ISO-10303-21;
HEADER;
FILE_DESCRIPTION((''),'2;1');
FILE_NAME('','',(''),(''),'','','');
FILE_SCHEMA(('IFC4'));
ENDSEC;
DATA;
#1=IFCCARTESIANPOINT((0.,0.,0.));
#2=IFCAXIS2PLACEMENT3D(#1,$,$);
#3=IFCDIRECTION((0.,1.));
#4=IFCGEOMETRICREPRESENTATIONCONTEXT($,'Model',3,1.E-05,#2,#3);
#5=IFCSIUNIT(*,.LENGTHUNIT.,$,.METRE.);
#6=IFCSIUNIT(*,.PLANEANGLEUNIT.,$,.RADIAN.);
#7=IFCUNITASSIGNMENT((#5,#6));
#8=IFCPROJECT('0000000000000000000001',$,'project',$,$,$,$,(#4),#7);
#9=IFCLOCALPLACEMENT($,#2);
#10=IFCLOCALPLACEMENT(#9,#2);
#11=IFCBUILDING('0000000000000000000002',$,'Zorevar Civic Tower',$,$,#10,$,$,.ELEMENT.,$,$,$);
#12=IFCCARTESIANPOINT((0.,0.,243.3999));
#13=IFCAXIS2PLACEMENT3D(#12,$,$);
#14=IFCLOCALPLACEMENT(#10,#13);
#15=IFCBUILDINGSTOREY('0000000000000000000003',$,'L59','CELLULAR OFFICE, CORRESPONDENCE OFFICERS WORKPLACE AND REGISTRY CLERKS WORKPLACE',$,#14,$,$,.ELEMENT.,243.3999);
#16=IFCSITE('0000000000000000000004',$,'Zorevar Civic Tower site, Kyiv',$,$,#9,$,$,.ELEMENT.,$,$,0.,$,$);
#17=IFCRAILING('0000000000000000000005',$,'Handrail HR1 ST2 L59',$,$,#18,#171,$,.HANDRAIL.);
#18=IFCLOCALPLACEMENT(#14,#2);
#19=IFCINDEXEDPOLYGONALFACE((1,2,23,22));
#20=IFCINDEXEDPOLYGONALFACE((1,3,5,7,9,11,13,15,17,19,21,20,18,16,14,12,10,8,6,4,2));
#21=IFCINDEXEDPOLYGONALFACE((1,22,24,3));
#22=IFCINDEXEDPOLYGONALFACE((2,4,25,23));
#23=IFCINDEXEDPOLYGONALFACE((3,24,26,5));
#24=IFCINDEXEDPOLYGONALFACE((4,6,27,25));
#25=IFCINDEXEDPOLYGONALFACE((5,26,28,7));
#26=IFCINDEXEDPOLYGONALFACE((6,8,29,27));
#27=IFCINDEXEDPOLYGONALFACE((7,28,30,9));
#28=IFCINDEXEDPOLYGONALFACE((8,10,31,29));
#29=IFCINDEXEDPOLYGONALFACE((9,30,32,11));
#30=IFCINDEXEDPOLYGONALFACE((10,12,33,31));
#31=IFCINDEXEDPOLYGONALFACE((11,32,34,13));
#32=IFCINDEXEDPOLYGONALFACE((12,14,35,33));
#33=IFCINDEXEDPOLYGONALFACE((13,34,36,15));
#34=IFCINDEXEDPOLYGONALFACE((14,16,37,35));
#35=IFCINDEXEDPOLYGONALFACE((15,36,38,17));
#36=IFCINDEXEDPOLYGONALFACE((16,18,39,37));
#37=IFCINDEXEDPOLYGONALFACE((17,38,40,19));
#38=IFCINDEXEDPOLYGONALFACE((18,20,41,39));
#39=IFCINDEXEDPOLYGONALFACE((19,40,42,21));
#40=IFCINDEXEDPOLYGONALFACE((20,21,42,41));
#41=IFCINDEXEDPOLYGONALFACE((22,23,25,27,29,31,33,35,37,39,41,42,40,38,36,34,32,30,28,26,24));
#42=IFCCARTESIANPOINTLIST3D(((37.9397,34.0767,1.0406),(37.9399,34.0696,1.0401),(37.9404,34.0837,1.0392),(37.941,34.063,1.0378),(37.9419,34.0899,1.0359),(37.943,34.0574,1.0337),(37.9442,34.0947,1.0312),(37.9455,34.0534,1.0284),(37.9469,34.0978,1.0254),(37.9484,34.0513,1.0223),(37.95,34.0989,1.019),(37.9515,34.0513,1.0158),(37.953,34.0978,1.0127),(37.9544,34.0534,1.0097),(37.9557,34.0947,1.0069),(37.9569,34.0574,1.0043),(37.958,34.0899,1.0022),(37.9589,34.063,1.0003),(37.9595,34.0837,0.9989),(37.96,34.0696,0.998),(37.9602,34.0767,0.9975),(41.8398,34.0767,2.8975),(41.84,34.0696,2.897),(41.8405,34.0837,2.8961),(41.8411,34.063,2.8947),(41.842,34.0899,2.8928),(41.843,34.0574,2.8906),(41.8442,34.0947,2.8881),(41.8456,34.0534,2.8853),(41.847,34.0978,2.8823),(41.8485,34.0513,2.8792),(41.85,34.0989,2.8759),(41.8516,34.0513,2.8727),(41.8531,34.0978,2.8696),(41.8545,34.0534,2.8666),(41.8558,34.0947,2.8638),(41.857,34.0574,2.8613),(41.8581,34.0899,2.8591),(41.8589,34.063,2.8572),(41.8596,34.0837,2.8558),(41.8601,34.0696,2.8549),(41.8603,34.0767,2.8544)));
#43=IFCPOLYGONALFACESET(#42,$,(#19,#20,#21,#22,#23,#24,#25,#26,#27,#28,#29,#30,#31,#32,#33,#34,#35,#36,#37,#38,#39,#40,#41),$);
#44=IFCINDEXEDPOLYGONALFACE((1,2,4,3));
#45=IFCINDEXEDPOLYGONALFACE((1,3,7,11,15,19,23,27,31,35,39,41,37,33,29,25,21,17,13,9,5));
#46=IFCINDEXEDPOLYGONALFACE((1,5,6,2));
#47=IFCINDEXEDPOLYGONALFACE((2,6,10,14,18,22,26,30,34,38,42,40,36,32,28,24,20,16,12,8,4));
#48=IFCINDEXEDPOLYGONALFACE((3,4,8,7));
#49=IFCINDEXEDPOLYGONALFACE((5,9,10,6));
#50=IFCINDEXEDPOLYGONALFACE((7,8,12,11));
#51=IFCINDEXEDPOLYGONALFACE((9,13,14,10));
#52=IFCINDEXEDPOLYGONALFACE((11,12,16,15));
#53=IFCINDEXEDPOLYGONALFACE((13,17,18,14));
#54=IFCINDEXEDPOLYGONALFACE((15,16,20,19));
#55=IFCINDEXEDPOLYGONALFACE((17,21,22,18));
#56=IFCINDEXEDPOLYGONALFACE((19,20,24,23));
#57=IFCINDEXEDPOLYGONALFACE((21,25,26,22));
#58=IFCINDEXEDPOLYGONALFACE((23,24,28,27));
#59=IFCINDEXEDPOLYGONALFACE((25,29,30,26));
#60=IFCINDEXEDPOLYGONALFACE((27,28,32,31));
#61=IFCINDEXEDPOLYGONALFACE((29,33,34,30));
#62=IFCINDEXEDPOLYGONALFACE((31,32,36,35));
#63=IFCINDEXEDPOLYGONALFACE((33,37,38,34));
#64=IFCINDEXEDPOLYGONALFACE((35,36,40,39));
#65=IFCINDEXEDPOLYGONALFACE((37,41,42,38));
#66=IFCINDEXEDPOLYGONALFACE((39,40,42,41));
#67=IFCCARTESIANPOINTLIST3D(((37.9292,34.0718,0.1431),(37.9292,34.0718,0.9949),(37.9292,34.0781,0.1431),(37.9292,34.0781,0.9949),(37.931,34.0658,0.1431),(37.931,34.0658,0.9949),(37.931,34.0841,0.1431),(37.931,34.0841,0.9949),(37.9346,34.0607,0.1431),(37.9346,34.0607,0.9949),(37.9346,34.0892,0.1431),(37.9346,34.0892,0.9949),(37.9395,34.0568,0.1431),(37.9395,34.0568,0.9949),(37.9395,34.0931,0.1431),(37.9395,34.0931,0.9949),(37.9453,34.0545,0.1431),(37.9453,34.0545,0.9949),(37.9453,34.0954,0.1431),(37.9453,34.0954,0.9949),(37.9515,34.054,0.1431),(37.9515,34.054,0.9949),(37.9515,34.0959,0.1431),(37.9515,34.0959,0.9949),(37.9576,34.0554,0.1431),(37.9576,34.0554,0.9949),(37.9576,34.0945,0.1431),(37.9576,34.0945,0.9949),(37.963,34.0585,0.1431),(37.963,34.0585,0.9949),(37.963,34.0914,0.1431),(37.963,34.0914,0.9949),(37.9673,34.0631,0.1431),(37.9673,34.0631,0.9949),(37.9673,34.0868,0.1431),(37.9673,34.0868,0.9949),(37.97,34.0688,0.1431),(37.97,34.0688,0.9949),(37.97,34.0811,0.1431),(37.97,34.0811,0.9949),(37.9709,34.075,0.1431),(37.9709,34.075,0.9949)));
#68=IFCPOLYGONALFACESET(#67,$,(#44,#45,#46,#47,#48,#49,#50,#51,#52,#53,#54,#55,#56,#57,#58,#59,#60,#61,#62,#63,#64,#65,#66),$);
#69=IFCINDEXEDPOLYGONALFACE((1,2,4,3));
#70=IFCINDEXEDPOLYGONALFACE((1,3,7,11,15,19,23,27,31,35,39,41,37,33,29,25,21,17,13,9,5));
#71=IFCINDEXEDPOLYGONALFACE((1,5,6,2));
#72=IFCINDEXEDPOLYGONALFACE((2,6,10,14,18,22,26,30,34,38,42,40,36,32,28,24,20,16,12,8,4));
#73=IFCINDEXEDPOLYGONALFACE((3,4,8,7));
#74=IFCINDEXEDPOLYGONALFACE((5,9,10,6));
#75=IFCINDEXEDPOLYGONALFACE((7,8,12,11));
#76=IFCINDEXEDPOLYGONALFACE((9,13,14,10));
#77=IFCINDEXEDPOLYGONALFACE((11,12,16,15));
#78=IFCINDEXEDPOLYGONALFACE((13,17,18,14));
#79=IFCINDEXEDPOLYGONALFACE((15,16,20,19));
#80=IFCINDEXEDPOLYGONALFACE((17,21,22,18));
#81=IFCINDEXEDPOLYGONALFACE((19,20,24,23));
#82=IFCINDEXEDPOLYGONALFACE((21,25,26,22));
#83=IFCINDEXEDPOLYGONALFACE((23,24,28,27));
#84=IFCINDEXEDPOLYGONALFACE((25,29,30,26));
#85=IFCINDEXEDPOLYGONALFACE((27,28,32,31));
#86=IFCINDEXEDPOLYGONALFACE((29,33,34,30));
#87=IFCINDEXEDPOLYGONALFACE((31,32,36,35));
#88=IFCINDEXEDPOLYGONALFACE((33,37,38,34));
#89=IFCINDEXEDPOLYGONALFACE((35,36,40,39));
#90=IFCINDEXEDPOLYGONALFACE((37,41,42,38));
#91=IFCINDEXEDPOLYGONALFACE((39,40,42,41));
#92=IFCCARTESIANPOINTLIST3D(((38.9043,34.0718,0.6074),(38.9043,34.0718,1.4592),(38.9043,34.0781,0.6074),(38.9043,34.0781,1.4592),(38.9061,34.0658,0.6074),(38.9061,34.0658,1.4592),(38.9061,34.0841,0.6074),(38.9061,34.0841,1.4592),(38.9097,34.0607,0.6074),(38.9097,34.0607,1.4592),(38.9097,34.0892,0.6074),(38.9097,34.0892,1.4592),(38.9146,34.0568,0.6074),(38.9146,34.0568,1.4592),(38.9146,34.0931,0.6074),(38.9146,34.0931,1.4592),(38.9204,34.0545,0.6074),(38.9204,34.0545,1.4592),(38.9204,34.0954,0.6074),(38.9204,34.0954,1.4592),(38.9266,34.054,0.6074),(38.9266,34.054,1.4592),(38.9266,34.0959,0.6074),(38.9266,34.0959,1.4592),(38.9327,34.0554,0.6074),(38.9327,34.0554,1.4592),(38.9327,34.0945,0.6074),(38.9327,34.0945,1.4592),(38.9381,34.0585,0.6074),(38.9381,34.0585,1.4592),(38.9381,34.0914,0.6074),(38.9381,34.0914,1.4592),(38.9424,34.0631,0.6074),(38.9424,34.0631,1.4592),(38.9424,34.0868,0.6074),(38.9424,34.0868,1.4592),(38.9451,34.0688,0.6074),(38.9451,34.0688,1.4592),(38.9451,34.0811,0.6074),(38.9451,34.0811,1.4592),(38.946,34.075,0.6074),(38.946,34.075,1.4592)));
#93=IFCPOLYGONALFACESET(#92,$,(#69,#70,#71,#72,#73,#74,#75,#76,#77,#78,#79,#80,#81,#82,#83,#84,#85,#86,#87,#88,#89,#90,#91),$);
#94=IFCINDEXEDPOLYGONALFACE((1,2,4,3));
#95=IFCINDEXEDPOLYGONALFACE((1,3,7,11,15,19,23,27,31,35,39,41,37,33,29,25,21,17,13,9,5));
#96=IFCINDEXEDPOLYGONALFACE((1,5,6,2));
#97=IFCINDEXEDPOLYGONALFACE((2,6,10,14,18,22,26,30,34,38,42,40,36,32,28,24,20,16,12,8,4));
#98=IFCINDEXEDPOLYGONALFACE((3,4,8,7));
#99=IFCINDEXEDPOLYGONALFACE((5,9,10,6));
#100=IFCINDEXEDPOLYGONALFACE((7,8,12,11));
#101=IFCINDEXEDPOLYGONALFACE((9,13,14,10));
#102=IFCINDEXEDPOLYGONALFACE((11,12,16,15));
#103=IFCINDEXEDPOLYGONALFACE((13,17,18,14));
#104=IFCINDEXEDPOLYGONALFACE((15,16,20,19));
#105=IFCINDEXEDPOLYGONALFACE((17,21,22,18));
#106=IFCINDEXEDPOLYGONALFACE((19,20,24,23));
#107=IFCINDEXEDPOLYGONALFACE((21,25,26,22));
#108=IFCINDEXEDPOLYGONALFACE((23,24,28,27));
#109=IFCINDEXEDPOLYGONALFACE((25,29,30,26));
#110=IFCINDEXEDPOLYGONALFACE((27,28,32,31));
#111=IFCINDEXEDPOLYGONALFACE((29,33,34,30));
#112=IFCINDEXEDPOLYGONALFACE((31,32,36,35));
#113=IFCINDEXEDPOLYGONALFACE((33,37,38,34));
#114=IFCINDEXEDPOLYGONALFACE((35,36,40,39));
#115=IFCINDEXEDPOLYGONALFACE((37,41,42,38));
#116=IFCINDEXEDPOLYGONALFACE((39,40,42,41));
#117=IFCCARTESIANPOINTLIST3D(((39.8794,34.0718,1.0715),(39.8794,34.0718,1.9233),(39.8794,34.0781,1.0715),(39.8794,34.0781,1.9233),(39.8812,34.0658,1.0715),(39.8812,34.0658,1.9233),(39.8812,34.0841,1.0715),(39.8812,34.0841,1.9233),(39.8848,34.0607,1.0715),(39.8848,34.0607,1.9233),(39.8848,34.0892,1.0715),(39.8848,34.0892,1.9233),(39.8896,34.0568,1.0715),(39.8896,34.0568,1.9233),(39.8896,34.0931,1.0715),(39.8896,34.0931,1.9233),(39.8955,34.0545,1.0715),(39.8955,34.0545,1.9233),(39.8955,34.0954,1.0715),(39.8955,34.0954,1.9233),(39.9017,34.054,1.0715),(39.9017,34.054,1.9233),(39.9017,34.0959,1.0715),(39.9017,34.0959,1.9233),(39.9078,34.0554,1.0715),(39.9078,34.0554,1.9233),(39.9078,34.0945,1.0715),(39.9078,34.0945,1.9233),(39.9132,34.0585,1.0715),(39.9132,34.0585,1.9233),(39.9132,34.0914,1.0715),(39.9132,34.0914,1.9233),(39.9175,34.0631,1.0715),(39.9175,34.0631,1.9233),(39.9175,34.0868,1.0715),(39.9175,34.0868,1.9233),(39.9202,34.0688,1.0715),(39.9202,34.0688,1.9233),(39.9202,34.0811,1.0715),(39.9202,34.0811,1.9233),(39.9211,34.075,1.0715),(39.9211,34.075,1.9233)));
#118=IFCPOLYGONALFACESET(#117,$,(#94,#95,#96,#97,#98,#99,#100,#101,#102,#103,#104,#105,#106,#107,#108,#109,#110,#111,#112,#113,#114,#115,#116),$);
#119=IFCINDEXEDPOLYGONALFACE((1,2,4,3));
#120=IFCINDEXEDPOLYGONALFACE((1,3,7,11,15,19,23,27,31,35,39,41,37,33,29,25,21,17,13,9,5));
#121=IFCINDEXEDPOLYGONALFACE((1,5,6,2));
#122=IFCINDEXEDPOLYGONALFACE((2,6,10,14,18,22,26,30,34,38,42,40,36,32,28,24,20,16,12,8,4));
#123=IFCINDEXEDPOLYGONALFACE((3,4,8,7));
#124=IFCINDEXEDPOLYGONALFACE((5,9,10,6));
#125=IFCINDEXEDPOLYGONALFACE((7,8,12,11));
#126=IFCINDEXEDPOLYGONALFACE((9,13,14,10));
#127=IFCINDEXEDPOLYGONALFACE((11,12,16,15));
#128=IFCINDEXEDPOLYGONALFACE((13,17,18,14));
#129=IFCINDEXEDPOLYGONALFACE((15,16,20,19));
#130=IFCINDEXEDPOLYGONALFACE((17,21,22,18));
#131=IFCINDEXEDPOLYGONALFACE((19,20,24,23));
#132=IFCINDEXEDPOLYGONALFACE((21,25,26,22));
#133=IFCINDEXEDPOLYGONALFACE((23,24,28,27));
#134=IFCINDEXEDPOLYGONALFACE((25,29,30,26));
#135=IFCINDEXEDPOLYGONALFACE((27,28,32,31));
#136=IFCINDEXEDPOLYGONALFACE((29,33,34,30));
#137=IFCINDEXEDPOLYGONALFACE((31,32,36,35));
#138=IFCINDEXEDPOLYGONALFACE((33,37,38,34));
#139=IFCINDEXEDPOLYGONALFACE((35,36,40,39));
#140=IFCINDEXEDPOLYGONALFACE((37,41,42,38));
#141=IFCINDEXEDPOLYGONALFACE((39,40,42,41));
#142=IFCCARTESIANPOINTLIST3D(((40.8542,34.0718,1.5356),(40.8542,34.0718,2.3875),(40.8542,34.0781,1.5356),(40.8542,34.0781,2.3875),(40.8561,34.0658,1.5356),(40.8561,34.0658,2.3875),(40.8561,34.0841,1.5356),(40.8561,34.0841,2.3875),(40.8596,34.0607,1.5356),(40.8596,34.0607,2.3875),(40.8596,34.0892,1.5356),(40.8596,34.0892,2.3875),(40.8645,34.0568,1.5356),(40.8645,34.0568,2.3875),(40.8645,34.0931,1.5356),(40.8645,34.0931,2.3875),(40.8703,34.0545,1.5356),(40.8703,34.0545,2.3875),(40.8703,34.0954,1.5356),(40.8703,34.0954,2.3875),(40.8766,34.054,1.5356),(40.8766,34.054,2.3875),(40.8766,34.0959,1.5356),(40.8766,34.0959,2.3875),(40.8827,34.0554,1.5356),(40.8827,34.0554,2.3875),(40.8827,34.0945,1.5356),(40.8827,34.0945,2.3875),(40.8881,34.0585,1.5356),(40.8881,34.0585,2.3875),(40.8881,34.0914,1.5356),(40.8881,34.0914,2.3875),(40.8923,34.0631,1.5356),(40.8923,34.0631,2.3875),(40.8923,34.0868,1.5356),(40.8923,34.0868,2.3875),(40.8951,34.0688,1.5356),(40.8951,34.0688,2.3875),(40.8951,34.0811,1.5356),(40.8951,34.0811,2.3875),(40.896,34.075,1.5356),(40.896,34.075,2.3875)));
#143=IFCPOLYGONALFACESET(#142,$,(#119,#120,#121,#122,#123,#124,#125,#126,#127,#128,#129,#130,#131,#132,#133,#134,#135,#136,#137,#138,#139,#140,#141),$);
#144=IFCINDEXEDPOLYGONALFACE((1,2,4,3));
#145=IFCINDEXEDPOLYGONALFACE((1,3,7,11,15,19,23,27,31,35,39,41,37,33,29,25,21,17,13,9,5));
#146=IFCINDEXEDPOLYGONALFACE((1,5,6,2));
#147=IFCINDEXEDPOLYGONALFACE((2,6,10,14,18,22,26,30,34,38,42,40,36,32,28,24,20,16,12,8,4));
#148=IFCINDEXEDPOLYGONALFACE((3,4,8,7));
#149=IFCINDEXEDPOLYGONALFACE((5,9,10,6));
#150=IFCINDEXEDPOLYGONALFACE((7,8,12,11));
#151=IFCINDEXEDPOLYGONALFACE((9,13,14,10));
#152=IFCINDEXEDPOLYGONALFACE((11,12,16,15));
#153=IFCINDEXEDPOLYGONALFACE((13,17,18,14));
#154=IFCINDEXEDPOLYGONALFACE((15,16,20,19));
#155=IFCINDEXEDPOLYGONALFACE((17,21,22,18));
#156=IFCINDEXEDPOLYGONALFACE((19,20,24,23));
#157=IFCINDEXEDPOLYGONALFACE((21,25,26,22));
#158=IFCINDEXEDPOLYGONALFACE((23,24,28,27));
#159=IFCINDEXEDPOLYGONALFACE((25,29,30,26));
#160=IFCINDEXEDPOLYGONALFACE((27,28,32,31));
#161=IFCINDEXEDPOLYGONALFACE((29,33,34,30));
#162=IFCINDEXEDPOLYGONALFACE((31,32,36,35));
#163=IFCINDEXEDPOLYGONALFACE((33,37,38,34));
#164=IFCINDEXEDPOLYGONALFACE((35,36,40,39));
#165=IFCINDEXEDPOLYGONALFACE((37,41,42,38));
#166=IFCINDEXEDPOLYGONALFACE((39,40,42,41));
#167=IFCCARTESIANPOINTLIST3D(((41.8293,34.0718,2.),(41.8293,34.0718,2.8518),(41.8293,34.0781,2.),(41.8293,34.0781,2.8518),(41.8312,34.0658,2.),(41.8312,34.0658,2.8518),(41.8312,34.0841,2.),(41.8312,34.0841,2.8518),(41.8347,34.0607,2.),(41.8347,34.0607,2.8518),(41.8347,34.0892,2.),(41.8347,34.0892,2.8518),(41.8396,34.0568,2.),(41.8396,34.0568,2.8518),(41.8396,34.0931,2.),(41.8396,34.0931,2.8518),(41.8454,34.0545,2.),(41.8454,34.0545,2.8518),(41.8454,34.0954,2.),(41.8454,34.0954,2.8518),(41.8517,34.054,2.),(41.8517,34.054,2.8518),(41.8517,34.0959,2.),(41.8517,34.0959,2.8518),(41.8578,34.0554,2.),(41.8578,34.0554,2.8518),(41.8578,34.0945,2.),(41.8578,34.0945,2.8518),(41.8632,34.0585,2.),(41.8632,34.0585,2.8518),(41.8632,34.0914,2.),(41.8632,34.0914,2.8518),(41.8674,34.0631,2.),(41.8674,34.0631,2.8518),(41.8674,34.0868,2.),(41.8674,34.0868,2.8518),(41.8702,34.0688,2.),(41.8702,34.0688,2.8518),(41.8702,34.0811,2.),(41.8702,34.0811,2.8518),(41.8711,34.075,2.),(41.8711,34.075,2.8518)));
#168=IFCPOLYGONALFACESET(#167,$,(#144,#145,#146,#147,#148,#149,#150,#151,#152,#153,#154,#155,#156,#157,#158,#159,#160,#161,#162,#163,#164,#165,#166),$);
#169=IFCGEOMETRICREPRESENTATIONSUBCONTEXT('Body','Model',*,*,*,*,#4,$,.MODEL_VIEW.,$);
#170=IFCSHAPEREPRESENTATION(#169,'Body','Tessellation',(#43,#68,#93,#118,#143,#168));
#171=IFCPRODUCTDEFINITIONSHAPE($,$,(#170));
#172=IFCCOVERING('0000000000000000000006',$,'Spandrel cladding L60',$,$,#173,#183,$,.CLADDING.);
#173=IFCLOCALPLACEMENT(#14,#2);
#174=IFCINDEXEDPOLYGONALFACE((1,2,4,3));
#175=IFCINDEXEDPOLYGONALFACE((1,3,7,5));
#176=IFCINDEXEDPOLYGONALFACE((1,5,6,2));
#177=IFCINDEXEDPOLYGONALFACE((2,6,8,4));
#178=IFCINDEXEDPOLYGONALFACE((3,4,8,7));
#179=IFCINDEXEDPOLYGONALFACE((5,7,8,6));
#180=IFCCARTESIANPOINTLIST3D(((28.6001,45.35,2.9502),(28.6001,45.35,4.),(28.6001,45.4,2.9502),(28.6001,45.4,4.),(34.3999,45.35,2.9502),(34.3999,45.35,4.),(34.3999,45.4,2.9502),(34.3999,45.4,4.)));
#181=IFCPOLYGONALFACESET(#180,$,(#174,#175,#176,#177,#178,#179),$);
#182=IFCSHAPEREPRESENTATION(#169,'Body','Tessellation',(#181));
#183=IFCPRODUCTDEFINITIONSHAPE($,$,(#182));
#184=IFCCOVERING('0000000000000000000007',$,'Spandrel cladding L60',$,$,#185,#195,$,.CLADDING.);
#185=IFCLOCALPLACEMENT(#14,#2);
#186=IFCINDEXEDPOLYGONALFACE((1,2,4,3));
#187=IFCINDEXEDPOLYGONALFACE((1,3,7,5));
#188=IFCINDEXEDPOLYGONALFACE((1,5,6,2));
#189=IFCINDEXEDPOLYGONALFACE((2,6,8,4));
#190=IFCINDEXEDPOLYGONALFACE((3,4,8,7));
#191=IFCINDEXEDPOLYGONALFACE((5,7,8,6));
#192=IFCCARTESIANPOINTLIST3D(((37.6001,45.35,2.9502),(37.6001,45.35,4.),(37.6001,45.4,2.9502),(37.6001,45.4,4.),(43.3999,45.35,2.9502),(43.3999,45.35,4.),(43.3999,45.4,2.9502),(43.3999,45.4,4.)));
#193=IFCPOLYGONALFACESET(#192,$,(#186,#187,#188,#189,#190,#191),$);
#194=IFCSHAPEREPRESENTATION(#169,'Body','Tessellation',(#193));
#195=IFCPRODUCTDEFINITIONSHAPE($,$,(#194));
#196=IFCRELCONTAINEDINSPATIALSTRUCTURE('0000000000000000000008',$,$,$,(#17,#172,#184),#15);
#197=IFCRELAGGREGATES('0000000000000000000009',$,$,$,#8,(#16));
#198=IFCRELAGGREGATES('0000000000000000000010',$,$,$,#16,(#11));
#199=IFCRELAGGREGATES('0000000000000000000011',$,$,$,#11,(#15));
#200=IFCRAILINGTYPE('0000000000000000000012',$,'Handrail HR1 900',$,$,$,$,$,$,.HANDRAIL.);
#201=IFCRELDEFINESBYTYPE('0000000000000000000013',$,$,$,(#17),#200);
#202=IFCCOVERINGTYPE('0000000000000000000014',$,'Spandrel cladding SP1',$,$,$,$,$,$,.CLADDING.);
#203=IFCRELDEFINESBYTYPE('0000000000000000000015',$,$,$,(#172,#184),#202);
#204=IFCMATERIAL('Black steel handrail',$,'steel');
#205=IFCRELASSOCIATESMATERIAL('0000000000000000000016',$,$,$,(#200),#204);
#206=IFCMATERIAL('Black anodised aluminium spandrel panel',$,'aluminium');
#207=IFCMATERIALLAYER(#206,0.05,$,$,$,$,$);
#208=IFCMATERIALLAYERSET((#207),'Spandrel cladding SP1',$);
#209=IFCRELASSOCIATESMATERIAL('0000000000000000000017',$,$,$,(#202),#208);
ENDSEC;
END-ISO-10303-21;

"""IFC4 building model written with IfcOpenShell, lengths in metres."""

from ifc_helpers import new_model, si_unit, direction, frame, frame_2d, origin, origin_2d, place, context, subcontext, project, spatial, rectangle, circle, extrude, material, layer, layer_set, type_object, element, save


model = new_model("IFC4")

# Units and contexts
model_context = context("Model", 3, precision=1e-05, world=origin(), true_north=direction((0.0, 1.0)))
body_context = subcontext(model_context, "Body", "Model", "MODEL_VIEW")
ifc_project = project(units=[si_unit("LENGTHUNIT", "METRE"), si_unit("PLANEANGLEUNIT", "RADIAN")], contexts=[model_context])

# Site, building, storey
site_placement = place(None, origin())
site = spatial("IfcSite", under=ifc_project, at=site_placement, Name="Zorevar Civic Tower site, Kyiv", CompositionType="ELEMENT", RefElevation=0.0)
building_placement = place(site_placement, origin())
building = spatial("IfcBuilding", under=site, at=building_placement, Name="Zorevar Civic Tower", CompositionType="ELEMENT")
storey_placement = place(building_placement, frame((0.0, 0.0, 243.3999)))
storey = spatial("IfcBuildingStorey", under=building, at=storey_placement, Name="L59", Description="CELLULAR OFFICE, CORRESPONDENCE OFFICERS WORKPLACE AND REGISTRY CLERKS WORKPLACE", CompositionType="ELEMENT", Elevation=243.3999)

# Railing
ifc_material_1 = material(Name="Black steel handrail", Category="steel")
railing_type = type_object("IfcRailingType", Name="Handrail HR1 900", PredefinedType="HANDRAIL", material=ifc_material_1)
railing_placement = place(storey_placement, frame((37.95, 34.075, 0.1431)))
element("IfcRailing", 1, at=railing_placement, inside=storey, type_object=railing_type, Name="Handrail HR1 ST2 L59", PredefinedType="HANDRAIL", context=body_context, shape_type="SweptSolid", body=[
    extrude(circle(Radius=0.0239, at=origin_2d()), frame((0.0, 0.0, 0.876), z_axis=(0.902886, 0.0, 0.429881), x_axis=(0.0, 1.0, 0.0)), (0.0, 0.0, 1.0), 4.3196),
    extrude(circle(Radius=0.021, at=origin_2d()), origin(), (0.0, 0.0, 1.0), 0.8518),
    extrude(circle(Radius=0.021, at=origin_2d()), frame((0.9751, 0.0, 0.4644)), (0.0, 0.0, 1.0), 0.8518),
    extrude(circle(Radius=0.021, at=origin_2d()), frame((1.9502, 0.0, 0.9285)), (0.0, 0.0, 1.0), 0.8518),
    extrude(circle(Radius=0.021, at=origin_2d()), frame((2.925, 0.0, 1.3926)), (0.0, 0.0, 1.0), 0.8518),
    extrude(circle(Radius=0.021, at=origin_2d()), frame((3.9001, 0.0, 1.8569)), (0.0, 0.0, 1.0), 0.8518),
])

# Coverings
ifc_material_2 = material(Name="Black anodised aluminium spandrel panel", Category="aluminium")
ifc_layer_1 = layer(ifc_material_2, 0.05)
ifc_layer_set_1 = layer_set([ifc_layer_1], Name="Spandrel cladding SP1")
covering_type = type_object("IfcCoveringType", Name="Spandrel cladding SP1", PredefinedType="CLADDING", material=ifc_layer_set_1)
for number, where, z_axis, x_axis, name in (
    (2, (28.6001, 45.375, 2.9502), (0.0, 0.0, 1.0), (1.0, 0.0, 0.0), "Spandrel cladding L60"),
    (3, (37.6001, 45.375, 2.9502), (0.0, 0.0, 1.0), (1.0, 0.0, 0.0), "Spandrel cladding L60"),
):
    element("IfcCovering", number, at=place(storey_placement, frame(where, z_axis=z_axis, x_axis=x_axis)), inside=storey, type_object=covering_type, Name=name, PredefinedType="CLADDING", context=body_context, shape_type="SweptSolid", body=[
        extrude(rectangle(XDim=5.7998, YDim=0.05, at=frame_2d((2.8999, 0.0))), origin(), (0.0, 0.0, 1.0), 1.0498),
    ])

save(model, "model.ifc")
